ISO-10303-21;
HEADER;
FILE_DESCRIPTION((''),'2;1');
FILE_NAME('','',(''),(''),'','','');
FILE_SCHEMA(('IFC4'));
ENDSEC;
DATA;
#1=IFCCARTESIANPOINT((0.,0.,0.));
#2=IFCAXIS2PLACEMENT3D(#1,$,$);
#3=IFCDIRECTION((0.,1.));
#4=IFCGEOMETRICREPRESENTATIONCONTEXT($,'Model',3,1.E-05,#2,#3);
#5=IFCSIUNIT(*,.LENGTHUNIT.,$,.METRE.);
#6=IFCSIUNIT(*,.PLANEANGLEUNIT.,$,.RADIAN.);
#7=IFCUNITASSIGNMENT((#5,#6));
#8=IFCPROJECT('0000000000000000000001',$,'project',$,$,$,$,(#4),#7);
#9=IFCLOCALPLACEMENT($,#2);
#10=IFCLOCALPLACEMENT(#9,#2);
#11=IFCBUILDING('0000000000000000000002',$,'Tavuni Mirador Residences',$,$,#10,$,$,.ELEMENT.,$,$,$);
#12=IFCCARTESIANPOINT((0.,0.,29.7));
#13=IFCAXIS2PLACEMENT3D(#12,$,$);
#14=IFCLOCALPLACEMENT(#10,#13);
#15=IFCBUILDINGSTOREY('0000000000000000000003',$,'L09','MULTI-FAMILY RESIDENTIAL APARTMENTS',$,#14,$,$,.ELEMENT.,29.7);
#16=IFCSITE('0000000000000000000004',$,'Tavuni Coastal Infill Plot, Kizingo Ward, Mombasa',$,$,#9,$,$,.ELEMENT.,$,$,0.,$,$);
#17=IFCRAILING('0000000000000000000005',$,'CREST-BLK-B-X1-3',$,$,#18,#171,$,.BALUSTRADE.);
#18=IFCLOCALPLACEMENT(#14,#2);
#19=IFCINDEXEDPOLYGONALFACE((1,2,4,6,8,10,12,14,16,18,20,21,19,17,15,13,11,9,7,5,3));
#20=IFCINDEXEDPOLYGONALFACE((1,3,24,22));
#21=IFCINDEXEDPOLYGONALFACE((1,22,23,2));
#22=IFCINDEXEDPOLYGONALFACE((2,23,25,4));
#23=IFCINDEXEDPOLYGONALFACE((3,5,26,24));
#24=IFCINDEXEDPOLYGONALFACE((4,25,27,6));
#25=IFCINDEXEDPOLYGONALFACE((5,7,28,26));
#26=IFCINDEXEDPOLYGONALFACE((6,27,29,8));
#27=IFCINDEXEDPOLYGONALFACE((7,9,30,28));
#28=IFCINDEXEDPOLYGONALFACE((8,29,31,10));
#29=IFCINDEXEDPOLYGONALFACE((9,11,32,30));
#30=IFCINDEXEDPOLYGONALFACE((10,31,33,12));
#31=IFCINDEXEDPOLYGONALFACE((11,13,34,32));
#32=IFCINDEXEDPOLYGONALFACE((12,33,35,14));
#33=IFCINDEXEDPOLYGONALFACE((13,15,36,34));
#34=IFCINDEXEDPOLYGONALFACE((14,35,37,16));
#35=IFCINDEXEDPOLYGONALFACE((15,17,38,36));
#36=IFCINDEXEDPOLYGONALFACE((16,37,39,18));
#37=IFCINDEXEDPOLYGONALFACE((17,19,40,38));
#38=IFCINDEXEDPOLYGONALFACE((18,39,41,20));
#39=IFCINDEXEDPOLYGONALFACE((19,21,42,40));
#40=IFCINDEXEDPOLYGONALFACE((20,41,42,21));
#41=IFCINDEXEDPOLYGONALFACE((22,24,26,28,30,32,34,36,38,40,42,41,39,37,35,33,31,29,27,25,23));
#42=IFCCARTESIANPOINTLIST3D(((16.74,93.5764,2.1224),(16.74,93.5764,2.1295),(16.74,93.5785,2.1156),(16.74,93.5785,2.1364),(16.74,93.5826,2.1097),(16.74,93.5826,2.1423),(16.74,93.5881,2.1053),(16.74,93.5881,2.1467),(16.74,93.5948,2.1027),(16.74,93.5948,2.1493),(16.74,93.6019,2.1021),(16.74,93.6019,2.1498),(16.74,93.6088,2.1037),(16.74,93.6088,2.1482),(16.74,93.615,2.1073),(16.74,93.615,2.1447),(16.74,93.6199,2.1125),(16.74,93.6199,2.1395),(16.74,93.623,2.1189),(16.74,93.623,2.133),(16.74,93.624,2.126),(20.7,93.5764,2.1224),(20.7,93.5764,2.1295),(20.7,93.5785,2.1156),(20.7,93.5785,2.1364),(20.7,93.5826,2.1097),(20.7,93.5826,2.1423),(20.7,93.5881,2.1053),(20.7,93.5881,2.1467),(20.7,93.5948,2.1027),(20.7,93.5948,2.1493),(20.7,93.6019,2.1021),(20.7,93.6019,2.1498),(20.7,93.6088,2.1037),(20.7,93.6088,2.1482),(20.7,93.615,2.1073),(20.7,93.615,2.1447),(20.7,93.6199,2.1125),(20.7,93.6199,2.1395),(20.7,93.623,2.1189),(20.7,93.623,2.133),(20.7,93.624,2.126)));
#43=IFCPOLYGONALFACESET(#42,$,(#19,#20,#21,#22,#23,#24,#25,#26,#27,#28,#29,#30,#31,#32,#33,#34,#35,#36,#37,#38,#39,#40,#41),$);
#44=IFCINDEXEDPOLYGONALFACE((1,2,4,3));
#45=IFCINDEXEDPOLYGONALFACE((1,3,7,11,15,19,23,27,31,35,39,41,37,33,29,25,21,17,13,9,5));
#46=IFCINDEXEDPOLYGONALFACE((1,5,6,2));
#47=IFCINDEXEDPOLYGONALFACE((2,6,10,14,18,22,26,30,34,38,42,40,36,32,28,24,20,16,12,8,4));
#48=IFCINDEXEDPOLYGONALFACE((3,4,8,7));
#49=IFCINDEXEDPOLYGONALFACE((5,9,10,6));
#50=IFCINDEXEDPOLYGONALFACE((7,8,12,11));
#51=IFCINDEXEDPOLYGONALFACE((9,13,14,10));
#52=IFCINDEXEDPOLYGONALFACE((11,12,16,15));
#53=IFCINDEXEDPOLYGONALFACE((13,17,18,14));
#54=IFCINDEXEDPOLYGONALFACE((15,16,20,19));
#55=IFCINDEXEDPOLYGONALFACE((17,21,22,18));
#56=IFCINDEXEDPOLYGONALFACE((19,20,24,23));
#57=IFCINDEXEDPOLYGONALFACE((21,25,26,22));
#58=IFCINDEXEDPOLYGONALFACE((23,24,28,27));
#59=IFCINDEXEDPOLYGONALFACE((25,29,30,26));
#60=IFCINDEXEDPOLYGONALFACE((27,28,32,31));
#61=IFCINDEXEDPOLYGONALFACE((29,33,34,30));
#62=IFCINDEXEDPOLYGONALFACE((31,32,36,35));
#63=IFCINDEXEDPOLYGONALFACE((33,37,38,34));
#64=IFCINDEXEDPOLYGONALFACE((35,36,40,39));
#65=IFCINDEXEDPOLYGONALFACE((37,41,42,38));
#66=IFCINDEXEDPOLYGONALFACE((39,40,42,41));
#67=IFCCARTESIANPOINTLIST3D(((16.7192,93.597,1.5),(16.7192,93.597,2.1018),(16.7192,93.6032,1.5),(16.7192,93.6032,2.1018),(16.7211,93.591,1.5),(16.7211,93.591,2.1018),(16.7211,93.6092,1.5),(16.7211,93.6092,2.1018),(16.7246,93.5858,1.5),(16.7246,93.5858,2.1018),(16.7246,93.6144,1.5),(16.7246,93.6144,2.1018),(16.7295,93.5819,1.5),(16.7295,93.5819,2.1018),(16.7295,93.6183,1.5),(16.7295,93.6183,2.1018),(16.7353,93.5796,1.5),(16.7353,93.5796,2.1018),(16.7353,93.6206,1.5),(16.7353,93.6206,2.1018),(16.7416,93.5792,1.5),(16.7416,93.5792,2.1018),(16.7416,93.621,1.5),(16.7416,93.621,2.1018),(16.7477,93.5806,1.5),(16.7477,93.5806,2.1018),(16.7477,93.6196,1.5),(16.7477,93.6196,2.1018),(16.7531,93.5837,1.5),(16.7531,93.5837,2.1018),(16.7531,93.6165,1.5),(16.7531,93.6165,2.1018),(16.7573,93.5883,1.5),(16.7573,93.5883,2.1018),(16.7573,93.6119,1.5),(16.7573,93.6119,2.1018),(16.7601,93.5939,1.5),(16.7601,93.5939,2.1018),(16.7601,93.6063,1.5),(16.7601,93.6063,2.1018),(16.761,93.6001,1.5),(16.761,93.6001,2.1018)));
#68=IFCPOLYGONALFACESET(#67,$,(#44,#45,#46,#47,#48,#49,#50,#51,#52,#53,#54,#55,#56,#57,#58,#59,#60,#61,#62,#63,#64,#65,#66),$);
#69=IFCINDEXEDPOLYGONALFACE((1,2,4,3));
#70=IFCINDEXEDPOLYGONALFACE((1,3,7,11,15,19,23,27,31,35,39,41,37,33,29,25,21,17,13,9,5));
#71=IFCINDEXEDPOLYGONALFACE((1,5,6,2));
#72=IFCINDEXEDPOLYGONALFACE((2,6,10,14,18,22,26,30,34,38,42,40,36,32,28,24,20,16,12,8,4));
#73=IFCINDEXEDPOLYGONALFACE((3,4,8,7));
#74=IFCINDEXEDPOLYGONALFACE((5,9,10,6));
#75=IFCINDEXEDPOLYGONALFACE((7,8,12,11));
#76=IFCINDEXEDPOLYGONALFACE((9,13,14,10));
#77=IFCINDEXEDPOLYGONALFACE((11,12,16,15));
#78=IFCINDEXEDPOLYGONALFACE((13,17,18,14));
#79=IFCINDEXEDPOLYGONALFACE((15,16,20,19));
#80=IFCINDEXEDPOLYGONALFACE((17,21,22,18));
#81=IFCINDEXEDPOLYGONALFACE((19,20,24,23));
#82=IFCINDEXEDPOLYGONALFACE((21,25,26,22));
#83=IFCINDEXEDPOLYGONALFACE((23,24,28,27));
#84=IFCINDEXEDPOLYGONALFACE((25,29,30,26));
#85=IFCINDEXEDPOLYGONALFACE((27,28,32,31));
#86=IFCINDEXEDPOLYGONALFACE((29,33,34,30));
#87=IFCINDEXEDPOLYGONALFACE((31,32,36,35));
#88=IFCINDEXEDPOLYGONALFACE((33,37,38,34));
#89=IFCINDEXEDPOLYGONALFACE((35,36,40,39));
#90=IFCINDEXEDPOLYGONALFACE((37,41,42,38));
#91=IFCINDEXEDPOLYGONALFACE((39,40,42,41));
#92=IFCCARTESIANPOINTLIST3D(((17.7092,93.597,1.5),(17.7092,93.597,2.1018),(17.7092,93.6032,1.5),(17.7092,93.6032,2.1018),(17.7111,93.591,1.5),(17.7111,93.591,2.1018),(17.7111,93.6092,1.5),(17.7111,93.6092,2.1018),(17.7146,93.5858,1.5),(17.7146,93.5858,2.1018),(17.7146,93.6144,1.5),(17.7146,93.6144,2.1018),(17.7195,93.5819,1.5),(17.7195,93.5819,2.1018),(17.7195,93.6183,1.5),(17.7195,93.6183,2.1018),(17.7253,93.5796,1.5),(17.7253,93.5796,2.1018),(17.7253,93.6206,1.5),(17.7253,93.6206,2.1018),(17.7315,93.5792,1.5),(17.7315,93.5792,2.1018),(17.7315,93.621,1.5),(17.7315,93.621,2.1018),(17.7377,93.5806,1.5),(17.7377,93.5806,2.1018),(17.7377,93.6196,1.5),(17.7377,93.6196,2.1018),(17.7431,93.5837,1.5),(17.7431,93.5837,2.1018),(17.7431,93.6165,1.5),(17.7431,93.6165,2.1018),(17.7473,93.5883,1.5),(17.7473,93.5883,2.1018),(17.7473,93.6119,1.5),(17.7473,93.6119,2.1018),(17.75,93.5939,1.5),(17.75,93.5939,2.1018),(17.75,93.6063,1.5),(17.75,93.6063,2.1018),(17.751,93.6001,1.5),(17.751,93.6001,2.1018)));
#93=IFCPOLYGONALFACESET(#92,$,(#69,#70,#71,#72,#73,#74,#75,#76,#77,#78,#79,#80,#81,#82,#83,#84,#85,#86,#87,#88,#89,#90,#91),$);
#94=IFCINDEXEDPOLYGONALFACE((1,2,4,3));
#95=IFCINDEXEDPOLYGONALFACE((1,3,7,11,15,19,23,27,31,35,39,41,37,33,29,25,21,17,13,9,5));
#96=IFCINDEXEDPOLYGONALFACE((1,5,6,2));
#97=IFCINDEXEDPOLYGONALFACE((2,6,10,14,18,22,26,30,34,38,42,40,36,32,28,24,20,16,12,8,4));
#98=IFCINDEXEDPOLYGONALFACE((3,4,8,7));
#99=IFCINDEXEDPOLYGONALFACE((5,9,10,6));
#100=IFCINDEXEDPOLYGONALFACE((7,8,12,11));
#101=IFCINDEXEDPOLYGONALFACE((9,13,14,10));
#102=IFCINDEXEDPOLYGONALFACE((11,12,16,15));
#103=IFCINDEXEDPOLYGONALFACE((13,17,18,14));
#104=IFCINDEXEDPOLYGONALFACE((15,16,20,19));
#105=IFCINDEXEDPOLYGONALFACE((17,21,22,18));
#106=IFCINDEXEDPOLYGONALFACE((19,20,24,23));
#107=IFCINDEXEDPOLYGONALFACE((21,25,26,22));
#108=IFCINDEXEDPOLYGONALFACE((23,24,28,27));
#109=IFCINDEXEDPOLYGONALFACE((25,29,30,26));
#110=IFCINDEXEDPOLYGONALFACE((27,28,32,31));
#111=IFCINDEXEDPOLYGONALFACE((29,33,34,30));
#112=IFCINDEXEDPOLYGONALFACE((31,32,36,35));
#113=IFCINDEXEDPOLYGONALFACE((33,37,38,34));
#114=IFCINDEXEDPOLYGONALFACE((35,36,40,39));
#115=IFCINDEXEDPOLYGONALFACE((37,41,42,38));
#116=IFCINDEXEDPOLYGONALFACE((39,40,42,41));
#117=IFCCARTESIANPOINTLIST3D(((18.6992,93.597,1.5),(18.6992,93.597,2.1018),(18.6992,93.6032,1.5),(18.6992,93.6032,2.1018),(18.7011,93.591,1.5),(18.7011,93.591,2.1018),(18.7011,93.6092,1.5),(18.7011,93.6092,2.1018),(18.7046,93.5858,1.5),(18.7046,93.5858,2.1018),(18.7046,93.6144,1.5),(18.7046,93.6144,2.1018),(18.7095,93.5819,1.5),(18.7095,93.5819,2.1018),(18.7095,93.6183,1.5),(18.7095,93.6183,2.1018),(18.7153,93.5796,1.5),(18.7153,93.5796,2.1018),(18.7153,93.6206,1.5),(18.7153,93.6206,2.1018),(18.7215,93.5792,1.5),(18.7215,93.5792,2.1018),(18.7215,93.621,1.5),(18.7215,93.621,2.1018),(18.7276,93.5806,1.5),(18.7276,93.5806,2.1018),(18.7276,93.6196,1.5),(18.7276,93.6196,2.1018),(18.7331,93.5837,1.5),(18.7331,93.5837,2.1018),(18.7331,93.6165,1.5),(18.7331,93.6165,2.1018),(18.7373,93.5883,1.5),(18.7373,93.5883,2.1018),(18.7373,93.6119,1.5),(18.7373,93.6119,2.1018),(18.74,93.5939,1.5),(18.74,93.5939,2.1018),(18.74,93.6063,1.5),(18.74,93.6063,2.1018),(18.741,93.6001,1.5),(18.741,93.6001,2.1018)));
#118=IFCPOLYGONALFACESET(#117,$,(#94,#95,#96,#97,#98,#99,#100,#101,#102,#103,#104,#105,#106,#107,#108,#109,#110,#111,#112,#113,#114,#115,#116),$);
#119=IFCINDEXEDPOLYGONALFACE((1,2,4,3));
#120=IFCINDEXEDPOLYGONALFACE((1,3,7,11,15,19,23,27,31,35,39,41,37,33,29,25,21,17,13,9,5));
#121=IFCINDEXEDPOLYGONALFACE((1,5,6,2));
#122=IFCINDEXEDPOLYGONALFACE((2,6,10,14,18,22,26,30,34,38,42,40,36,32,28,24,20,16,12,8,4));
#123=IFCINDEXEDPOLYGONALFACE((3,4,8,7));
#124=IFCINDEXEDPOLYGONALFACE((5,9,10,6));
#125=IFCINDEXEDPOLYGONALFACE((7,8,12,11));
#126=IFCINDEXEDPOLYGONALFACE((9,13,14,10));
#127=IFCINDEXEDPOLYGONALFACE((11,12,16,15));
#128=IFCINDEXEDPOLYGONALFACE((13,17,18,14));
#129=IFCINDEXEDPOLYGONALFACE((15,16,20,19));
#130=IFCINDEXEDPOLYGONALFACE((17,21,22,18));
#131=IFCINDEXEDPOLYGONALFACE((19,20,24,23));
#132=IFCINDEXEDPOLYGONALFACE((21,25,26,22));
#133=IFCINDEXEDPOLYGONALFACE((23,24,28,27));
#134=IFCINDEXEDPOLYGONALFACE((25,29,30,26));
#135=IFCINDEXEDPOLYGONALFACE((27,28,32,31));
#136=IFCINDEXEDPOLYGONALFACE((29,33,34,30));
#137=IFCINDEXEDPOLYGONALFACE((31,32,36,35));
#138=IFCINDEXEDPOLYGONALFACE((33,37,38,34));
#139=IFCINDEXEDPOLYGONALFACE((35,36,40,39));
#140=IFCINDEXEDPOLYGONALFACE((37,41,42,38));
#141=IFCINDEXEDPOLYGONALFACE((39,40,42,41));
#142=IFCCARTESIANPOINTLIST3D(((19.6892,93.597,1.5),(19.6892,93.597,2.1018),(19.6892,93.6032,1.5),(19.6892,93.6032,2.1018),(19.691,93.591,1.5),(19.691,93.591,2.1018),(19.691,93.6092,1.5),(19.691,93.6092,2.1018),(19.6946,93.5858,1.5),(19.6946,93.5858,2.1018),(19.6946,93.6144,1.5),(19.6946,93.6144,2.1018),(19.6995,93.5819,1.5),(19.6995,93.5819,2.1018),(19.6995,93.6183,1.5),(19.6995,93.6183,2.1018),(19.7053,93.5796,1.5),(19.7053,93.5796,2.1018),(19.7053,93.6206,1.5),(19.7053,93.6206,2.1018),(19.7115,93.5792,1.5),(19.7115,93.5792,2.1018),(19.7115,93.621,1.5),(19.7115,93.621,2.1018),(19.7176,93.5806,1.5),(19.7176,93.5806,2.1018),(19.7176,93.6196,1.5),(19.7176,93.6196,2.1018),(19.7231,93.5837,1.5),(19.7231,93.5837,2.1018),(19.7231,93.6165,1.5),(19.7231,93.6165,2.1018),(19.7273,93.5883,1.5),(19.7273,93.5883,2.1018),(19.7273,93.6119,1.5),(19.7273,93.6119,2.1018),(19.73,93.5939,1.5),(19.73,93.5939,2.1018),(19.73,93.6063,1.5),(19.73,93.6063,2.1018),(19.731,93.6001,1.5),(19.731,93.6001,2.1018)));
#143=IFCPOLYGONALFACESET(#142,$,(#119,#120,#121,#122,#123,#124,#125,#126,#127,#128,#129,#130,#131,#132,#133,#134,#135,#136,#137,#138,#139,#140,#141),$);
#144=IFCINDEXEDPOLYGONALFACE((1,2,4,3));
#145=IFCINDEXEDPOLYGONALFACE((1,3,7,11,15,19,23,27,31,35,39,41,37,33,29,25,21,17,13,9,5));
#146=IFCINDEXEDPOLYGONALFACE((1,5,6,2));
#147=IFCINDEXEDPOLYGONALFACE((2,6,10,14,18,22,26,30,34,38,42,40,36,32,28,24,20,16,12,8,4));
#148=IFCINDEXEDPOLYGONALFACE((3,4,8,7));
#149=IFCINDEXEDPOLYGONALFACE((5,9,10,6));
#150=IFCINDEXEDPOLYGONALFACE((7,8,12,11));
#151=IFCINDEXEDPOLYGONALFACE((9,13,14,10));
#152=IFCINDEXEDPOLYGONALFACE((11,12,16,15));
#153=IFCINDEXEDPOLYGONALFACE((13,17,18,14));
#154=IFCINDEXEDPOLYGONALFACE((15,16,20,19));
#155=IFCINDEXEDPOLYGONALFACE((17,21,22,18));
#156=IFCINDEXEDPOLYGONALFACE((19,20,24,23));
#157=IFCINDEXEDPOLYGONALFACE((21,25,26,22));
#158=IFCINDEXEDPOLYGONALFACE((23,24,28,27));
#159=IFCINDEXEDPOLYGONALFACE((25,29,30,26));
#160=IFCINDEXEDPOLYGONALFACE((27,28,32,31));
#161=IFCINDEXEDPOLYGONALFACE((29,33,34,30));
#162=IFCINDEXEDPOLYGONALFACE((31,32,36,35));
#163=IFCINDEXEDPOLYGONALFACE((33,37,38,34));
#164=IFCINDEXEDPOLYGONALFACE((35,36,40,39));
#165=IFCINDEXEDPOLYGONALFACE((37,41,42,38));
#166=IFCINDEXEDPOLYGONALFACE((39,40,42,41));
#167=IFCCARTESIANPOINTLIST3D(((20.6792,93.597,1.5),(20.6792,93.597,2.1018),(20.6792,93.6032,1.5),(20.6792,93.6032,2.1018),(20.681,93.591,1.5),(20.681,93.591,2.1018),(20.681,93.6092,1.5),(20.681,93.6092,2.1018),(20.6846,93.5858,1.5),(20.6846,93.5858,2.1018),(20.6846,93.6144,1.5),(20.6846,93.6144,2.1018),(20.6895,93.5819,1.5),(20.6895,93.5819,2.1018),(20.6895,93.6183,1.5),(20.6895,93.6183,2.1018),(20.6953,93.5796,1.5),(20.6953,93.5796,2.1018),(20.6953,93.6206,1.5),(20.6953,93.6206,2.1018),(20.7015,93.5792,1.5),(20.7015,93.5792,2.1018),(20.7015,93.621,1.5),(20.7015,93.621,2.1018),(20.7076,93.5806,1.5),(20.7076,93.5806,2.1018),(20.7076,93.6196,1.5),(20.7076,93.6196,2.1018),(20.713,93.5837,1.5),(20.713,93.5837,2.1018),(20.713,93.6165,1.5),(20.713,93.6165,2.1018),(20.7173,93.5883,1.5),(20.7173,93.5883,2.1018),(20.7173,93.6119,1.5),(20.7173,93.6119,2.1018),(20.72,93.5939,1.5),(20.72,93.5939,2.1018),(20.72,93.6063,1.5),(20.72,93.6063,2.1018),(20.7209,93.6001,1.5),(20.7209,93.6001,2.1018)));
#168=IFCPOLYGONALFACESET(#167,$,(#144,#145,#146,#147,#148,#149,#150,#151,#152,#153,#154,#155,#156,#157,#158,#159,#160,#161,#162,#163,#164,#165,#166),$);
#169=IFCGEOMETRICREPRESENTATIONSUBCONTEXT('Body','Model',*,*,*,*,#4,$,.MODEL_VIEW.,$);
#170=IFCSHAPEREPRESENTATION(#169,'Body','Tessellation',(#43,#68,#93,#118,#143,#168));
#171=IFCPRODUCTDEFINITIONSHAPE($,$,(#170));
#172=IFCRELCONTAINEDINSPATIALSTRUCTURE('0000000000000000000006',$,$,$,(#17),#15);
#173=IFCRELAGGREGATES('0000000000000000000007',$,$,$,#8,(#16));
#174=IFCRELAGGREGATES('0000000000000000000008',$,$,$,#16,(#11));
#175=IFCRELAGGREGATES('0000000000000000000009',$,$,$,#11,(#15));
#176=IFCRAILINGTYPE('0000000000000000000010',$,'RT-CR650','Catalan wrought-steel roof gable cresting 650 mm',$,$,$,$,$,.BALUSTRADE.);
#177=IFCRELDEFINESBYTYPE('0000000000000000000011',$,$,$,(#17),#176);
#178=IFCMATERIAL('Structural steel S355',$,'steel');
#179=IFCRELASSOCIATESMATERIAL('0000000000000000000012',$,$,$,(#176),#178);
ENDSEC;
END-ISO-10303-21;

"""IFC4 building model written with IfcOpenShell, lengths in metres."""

from ifc_helpers import new_model, si_unit, direction, frame, origin, origin_2d, place, context, subcontext, project, spatial, circle, extrude, material, type_object, element, save


model = new_model("IFC4")

# Units and contexts
model_context = context("Model", 3, precision=1e-05, world=origin(), true_north=direction((0.0, 1.0)))
body_context = subcontext(model_context, "Body", "Model", "MODEL_VIEW")
ifc_project = project(units=[si_unit("LENGTHUNIT", "METRE"), si_unit("PLANEANGLEUNIT", "RADIAN")], contexts=[model_context])

# Site, building, storey
site_placement = place(None, origin())
site = spatial("IfcSite", under=ifc_project, at=site_placement, Name="Tavuni Coastal Infill Plot, Kizingo Ward, Mombasa", CompositionType="ELEMENT", RefElevation=0.0)
building_placement = place(site_placement, origin())
building = spatial("IfcBuilding", under=site, at=building_placement, Name="Tavuni Mirador Residences", CompositionType="ELEMENT")
storey_placement = place(building_placement, frame((0.0, 0.0, 29.7)))
storey = spatial("IfcBuildingStorey", under=building, at=storey_placement, Name="L09", Description="MULTI-FAMILY RESIDENTIAL APARTMENTS", CompositionType="ELEMENT", Elevation=29.7)

# Shared definitions
ifc_material_1 = material(Name="Structural steel S355", Category="steel")

# Railing
railing_type = type_object("IfcRailingType", Name="RT-CR650", Description="Catalan wrought-steel roof gable cresting 650 mm", PredefinedType="BALUSTRADE", material=ifc_material_1)
for number, where, name in (
    (1, (16.74, 93.6001, 1.5), "CREST-BLK-B-X1-3"),
):
    element("IfcRailing", number, at=place(storey_placement, frame(where)), inside=storey, type_object=railing_type, Name=name, PredefinedType="BALUSTRADE", context=body_context, shape_type="SweptSolid", body=[
        extrude(circle(Radius=0.0239, at=origin_2d()), frame((0.0, 0.0, 0.626), z_axis=(1.0, 0.0, 0.0), x_axis=(0.0, 1.0, 0.0)), (0.0, 0.0, 1.0), 3.96),
        extrude(circle(Radius=0.021, at=origin_2d()), origin(), (0.0, 0.0, 1.0), 0.6018),
        extrude(circle(Radius=0.021, at=origin_2d()), frame((0.99, 0.0, 0.0)), (0.0, 0.0, 1.0), 0.6018),
        extrude(circle(Radius=0.021, at=origin_2d()), frame((1.98, 0.0, 0.0)), (0.0, 0.0, 1.0), 0.6018),
        extrude(circle(Radius=0.021, at=origin_2d()), frame((2.97, 0.0, 0.0)), (0.0, 0.0, 1.0), 0.6018),
        extrude(circle(Radius=0.021, at=origin_2d()), frame((3.96, 0.0, 0.0)), (0.0, 0.0, 1.0), 0.6018),
    ])

save(model, "model.ifc")
